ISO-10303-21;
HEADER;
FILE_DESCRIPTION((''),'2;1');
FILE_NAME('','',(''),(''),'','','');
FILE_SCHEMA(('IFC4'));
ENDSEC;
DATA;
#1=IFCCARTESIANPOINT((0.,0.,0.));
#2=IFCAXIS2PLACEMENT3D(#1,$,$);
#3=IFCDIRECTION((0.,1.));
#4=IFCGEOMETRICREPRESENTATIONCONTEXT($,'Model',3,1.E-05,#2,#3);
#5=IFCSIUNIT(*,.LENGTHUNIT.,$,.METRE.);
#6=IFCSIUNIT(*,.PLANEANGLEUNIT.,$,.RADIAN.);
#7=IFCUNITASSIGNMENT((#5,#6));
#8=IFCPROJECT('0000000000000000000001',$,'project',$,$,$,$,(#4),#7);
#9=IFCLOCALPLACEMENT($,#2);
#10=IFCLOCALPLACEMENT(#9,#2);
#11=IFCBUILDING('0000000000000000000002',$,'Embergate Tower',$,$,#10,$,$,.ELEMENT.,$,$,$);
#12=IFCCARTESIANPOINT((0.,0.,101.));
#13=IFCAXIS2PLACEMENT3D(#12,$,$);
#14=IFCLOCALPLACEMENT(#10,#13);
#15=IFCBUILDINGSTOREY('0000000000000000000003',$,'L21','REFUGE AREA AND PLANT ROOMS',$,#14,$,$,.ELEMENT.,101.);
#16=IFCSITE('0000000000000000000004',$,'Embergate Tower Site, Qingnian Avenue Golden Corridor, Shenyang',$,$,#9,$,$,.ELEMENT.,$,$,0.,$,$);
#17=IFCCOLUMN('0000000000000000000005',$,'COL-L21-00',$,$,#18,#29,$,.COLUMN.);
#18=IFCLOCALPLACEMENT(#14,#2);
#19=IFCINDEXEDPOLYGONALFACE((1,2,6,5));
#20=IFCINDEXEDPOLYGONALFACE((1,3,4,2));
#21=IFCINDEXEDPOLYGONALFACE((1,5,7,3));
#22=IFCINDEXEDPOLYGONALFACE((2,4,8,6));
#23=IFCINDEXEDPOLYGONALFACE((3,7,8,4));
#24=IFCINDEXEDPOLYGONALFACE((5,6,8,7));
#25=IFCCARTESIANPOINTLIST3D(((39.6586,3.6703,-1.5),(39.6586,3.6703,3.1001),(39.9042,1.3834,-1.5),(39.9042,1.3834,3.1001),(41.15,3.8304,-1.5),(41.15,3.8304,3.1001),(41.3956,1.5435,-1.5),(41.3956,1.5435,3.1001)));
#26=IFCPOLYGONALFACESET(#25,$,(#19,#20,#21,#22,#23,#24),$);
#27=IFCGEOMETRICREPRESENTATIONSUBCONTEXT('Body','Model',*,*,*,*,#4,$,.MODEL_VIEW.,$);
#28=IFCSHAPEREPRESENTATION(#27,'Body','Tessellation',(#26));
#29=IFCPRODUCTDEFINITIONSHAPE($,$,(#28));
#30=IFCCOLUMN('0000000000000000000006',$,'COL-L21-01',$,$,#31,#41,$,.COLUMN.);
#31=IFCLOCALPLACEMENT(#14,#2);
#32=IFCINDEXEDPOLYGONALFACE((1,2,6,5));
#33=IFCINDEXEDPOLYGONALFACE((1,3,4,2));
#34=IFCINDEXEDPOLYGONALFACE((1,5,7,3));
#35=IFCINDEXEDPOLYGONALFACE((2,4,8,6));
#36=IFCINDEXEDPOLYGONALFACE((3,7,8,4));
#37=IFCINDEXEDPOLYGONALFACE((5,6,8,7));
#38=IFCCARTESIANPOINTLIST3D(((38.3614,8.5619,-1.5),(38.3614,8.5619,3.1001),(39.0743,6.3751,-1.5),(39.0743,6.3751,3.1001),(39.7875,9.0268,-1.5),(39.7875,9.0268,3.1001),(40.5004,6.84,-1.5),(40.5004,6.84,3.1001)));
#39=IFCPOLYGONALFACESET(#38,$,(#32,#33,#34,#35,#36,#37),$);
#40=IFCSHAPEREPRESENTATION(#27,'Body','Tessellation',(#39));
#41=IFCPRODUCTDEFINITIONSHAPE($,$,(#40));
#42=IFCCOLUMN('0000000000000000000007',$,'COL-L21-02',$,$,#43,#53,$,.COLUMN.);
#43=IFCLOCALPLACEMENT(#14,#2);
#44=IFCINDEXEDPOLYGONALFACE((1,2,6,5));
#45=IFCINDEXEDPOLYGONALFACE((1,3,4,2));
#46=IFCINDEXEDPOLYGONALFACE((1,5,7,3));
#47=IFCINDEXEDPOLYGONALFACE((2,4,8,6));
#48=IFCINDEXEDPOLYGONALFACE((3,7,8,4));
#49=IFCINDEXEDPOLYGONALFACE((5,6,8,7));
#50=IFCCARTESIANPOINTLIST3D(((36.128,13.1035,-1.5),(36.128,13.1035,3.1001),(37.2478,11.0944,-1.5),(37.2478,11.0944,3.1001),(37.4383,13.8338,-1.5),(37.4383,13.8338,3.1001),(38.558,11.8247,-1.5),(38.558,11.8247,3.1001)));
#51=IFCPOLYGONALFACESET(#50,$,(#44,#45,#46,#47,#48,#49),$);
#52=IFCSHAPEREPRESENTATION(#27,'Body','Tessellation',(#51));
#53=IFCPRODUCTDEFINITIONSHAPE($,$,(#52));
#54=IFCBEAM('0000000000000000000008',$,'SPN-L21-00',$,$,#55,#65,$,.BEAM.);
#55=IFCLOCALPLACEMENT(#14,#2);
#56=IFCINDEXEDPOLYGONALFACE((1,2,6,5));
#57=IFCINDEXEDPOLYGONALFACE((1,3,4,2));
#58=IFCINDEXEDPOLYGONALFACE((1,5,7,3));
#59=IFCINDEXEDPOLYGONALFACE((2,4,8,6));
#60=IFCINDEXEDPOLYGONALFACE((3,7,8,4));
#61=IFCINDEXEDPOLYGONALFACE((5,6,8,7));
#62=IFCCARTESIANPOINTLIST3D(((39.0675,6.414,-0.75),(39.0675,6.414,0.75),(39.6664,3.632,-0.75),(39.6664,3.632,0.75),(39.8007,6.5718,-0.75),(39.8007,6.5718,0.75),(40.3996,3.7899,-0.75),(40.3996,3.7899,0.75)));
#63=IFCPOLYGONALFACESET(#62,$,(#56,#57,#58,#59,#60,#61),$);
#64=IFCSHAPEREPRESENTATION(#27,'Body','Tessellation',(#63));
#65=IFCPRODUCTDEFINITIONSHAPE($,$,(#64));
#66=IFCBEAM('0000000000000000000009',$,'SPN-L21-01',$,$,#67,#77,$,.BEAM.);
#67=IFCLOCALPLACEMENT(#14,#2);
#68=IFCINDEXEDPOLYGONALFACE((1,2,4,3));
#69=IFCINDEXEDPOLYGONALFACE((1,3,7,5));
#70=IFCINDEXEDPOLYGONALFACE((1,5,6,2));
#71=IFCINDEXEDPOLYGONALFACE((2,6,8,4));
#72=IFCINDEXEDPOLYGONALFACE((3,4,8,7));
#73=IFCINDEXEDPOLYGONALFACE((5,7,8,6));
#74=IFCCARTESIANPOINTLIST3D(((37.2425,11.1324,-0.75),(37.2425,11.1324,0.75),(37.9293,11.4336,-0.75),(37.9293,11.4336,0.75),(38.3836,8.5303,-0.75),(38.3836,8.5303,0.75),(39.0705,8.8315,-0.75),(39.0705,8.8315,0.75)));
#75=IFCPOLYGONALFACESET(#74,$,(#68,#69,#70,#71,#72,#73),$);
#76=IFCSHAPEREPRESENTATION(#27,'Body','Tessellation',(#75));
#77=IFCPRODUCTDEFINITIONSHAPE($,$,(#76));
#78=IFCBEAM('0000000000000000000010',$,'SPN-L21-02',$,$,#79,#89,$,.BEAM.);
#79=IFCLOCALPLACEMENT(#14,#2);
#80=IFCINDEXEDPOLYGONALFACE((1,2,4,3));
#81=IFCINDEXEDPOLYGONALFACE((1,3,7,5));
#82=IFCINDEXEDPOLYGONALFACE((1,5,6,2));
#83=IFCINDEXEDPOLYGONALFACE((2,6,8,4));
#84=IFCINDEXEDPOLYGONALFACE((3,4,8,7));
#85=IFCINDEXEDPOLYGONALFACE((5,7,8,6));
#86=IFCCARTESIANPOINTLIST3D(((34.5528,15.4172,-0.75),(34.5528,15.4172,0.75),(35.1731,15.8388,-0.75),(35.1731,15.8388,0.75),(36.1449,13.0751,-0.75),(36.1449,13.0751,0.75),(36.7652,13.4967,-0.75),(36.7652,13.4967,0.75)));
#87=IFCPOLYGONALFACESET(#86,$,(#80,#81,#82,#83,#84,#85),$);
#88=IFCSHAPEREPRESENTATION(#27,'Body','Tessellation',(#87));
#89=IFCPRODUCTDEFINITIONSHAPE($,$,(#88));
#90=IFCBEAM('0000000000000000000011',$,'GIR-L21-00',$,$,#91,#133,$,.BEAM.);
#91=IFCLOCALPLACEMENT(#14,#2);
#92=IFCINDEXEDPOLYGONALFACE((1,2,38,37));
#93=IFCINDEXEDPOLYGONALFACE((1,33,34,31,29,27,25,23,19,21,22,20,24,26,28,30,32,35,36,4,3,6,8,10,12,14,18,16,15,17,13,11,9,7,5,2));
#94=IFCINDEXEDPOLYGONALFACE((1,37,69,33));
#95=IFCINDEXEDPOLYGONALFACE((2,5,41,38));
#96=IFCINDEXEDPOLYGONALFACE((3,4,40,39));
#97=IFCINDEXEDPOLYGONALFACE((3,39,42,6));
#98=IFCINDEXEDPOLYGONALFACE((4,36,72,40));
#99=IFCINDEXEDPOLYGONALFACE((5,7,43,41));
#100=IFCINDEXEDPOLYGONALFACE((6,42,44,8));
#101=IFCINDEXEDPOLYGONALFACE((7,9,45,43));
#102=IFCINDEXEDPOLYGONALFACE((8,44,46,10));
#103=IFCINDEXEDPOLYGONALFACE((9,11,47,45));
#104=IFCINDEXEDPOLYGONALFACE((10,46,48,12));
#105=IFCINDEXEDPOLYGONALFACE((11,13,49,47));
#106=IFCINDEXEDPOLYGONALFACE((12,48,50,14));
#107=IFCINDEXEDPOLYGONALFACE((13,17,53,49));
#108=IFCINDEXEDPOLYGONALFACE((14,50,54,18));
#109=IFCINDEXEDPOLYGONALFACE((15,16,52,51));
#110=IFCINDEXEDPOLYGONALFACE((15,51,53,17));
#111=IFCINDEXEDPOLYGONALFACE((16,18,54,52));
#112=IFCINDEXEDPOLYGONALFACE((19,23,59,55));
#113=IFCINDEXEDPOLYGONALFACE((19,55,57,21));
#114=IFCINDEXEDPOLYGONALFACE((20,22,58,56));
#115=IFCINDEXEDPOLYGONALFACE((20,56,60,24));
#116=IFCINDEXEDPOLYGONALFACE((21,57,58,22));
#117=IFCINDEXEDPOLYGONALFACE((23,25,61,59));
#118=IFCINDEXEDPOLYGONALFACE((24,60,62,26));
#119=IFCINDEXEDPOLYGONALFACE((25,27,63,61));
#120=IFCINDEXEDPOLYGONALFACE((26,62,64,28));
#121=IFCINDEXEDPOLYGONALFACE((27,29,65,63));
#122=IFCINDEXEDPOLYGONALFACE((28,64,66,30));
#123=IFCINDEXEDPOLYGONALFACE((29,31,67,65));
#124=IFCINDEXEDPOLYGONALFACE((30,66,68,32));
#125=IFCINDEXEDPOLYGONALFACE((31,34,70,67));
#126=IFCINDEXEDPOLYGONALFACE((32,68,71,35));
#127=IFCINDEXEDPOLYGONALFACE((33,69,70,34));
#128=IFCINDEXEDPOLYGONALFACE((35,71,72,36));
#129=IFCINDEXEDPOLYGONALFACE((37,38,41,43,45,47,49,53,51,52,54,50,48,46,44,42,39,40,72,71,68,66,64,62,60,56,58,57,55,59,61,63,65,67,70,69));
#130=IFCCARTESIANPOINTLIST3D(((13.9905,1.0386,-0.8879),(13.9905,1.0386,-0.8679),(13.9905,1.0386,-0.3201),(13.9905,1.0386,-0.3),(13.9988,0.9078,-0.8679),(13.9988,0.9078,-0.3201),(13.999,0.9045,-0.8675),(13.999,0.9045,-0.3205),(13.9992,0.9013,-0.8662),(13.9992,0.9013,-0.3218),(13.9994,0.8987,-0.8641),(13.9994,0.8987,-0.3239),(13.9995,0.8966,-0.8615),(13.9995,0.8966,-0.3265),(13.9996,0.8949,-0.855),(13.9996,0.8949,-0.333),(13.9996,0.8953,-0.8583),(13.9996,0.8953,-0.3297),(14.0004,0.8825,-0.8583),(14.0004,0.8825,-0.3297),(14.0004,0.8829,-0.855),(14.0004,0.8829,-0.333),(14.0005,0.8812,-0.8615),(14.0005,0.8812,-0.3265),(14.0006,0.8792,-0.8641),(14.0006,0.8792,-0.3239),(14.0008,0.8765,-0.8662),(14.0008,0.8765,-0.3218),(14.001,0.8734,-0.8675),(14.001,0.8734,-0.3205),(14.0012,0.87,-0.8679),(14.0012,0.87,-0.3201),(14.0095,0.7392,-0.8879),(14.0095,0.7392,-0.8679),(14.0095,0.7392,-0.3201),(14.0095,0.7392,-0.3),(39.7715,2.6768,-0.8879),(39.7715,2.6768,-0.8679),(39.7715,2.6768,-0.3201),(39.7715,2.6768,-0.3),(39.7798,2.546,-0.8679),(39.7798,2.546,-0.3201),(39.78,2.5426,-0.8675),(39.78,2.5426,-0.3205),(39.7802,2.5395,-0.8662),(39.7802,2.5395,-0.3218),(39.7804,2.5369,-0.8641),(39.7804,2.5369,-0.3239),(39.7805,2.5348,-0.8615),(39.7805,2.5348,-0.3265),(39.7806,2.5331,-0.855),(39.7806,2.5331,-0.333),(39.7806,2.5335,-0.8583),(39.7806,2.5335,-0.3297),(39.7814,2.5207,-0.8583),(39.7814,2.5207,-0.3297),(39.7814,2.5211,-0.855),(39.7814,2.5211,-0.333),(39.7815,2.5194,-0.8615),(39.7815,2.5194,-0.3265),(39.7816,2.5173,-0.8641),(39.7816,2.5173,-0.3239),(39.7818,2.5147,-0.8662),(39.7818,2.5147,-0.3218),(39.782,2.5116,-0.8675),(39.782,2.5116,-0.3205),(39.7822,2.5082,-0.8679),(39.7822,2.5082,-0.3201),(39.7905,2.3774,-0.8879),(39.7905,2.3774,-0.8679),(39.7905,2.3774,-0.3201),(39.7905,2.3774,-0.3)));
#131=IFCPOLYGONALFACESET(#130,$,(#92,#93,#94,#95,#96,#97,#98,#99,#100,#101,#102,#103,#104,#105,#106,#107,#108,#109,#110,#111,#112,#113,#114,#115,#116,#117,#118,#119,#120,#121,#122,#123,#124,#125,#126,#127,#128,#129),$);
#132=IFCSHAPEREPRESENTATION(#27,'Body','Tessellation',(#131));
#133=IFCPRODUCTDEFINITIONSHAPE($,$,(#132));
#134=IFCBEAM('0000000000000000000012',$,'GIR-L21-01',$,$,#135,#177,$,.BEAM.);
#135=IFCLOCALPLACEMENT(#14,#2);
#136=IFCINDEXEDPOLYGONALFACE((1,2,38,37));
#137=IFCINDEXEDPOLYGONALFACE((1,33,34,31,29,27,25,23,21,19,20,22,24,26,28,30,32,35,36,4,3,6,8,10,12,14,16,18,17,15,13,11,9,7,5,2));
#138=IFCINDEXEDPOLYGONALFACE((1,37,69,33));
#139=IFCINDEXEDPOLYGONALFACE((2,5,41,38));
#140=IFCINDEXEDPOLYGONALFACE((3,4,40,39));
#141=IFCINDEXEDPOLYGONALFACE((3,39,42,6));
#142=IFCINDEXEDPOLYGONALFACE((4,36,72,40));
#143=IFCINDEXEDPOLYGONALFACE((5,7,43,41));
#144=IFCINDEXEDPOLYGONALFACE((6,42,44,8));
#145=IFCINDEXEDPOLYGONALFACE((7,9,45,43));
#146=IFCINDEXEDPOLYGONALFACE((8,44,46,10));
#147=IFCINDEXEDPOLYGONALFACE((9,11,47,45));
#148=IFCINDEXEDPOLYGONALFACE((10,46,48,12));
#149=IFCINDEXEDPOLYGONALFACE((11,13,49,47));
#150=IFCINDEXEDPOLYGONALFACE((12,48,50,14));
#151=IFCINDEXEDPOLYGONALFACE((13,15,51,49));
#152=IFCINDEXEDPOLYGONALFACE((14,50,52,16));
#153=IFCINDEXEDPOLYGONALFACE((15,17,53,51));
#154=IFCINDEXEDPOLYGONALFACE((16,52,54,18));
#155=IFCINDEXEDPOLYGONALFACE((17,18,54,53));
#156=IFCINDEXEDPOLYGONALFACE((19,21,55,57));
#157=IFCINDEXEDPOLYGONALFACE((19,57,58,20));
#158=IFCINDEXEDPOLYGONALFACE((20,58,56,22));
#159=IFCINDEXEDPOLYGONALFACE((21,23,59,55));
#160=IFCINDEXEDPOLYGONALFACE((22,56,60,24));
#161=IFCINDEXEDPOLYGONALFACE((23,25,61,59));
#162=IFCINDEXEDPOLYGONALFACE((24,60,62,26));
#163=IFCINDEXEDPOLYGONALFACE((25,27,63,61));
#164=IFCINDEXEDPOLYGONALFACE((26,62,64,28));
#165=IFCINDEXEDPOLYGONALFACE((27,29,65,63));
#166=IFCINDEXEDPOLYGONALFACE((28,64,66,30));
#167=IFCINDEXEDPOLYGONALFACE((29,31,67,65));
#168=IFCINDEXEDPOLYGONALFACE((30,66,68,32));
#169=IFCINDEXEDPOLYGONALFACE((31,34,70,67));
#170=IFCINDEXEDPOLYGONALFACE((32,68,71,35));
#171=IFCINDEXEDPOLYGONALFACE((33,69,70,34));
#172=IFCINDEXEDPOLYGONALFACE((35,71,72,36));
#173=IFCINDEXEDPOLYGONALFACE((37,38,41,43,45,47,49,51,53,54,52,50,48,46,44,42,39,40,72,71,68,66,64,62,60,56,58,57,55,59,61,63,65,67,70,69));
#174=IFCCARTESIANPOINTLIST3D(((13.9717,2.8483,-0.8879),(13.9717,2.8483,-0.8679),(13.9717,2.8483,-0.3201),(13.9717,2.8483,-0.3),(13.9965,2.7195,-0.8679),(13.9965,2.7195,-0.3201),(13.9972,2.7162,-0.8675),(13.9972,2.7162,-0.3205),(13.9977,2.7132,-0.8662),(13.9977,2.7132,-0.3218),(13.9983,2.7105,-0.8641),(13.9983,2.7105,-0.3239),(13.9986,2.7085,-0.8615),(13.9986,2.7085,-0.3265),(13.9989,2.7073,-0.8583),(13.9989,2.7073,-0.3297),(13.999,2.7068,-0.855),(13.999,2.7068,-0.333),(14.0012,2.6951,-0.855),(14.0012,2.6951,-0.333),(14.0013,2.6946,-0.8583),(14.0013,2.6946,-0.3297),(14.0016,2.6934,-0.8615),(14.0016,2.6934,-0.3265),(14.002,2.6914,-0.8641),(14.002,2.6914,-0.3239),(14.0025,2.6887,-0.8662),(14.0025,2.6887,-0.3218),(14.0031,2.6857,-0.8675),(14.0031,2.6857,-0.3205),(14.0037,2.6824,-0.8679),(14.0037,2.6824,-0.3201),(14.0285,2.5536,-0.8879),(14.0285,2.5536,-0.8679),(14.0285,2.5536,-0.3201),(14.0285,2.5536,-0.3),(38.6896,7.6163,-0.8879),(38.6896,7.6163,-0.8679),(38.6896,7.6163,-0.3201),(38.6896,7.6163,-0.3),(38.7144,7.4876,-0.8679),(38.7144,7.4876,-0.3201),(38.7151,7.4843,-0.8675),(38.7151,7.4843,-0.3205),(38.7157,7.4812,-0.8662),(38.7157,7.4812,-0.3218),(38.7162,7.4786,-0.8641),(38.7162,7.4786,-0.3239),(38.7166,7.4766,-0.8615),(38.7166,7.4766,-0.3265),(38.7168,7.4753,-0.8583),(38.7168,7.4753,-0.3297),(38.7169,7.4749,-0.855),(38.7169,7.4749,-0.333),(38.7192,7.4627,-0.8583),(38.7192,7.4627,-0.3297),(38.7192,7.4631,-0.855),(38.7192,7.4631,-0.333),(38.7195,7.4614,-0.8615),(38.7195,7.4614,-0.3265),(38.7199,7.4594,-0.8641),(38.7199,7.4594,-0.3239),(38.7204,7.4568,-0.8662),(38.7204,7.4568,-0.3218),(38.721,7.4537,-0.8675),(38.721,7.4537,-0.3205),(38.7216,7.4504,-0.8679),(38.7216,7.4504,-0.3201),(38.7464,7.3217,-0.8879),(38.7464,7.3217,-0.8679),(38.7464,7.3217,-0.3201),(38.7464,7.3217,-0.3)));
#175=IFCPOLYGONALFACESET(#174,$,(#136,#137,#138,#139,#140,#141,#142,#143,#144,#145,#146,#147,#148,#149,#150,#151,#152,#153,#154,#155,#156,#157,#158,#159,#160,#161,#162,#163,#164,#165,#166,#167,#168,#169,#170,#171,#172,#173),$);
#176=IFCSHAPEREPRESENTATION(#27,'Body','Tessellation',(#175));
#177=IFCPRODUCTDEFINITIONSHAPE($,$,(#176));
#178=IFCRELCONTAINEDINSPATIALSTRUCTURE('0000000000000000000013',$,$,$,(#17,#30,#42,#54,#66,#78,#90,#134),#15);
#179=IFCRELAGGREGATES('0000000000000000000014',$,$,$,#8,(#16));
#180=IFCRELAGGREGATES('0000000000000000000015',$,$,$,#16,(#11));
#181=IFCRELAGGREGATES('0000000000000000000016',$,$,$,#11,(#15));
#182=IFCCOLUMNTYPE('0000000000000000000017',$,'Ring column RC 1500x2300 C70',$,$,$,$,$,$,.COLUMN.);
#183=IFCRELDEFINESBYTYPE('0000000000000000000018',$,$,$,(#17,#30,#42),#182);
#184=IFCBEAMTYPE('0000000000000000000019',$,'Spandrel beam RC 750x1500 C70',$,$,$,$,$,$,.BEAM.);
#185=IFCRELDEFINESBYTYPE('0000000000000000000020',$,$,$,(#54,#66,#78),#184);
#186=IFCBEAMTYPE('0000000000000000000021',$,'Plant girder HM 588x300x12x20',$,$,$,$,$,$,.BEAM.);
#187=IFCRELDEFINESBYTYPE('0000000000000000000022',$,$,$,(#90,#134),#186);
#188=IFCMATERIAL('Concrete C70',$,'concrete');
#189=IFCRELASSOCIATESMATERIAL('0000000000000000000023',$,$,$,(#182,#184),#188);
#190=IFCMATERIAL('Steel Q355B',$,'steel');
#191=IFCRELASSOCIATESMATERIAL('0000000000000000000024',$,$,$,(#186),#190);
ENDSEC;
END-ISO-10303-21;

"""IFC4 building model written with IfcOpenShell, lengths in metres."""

from ifc_helpers import new_model, si_unit, direction, frame, origin, origin_2d, place, context, subcontext, project, spatial, rectangle, i_section, extrude, source, transform, mapped, material, material_profile, profile_set, type_object, element, save


model = new_model("IFC4")

# Units and contexts
model_context = context("Model", 3, precision=1e-05, world=origin(), true_north=direction((0.0, 1.0)))
body_context = subcontext(model_context, "Body", "Model", "MODEL_VIEW")
ifc_project = project(units=[si_unit("LENGTHUNIT", "METRE"), si_unit("PLANEANGLEUNIT", "RADIAN")], contexts=[model_context])

# Site, building, storey
site_placement = place(None, origin())
site = spatial("IfcSite", under=ifc_project, at=site_placement, Name="Embergate Tower Site, Qingnian Avenue Golden Corridor, Shenyang", CompositionType="ELEMENT", RefElevation=0.0)
building_placement = place(site_placement, origin())
building = spatial("IfcBuilding", under=site, at=building_placement, Name="Embergate Tower", CompositionType="ELEMENT")
storey_placement = place(building_placement, frame((0.0, 0.0, 101.0)))
storey = spatial("IfcBuildingStorey", under=building, at=storey_placement, Name="L21", Description="REFUGE AREA AND PLANT ROOMS", CompositionType="ELEMENT", Elevation=101.0)

# Columns
ifc_material_1 = material(Name="Concrete C70", Category="concrete")
ifc_material_profile_1 = material_profile(ifc_material_1, rectangle(XDim=1.5, YDim=2.3, at=origin_2d()), Name="RC 1500x2300")
ifc_profile_set_1 = profile_set([ifc_material_profile_1], Name="Concrete C70")
column_type = type_object("IfcColumnType", Name="Ring column RC 1500x2300 C70", PredefinedType="COLUMN", material=ifc_profile_set_1)
shared_shape_1 = source(origin(), body_context, "Body", "SweptSolid", [
    extrude(rectangle(XDim=1.5, YDim=2.3, at=origin_2d()), origin(), (0.0, 0.0, 1.0), 4.6001),
])
for number, where, z_axis, x_axis, name in (
    (1, (40.5271, 2.6069, -1.5), (0.0, 0.0, 1.0), (0.994286, 0.10675, 0.0), "COL-L21-00"),
    (2, (39.4309, 7.7009, -1.5), (0.0, 0.0, 1.0), (0.950754, 0.309946, 0.0), "COL-L21-01"),
    (3, (37.343, 12.4641, -1.5), (0.0, 0.0, 1.0), (0.8735, 0.486823, 0.0), "COL-L21-02"),
):
    element("IfcColumn", number, at=place(storey_placement, frame(where, z_axis=z_axis, x_axis=x_axis)), inside=storey, type_object=column_type, Name=name, PredefinedType="COLUMN", context=body_context, shape_type="MappedRepresentation", body=[
        mapped(shared_shape_1, transform((0.0, 0.0, 0.0))),
    ])

# Beams
ifc_material_profile_2 = material_profile(ifc_material_1, rectangle(XDim=0.75, YDim=1.5, at=origin_2d()), Name="RC 750x1500")
ifc_profile_set_2 = profile_set([ifc_material_profile_2], Name="Concrete C70")
beam_type_1 = type_object("IfcBeamType", Name="Spandrel beam RC 750x1500 C70", PredefinedType="BEAM", material=ifc_profile_set_2)
shared_shape_2 = source(origin(), body_context, "Body", "SweptSolid", [
    extrude(rectangle(XDim=0.75, YDim=1.5, at=origin_2d()), origin(), (0.0, 0.0, 1.0), 2.8457),
])
beam_1_placement = place(storey_placement, frame((40.033, 3.7109, 0.0), z_axis=(-0.210449, 0.977605, 0.0), x_axis=(-0.977605, -0.210449, 0.0)))
element("IfcBeam", 4, at=beam_1_placement, inside=storey, type_object=beam_type_1, Name="SPN-L21-00", PredefinedType="BEAM", context=body_context, shape_type="MappedRepresentation", body=[
    mapped(shared_shape_2, transform((0.0, 0.0, 0.0))),
])
shared_shape_3 = source(origin(), body_context, "Body", "SweptSolid", [
    extrude(rectangle(XDim=0.75, YDim=1.5, at=origin_2d()), origin(), (0.0, 0.0, 1.0), 2.8413),
])
beam_2_placement = place(storey_placement, frame((38.7271, 8.6809, 0.0), z_axis=(-0.401621, 0.915806, 0.0), x_axis=(-0.915806, -0.401621, 0.0)))
element("IfcBeam", 5, at=beam_2_placement, inside=storey, type_object=beam_type_1, Name="SPN-L21-01", PredefinedType="BEAM", context=body_context, shape_type="MappedRepresentation", body=[
    mapped(shared_shape_3, transform((0.0, 0.0, 0.0))),
])
shared_shape_4 = source(origin(), body_context, "Body", "SweptSolid", [
    extrude(rectangle(XDim=0.75, YDim=1.5, at=origin_2d()), origin(), (0.0, 0.0, 1.0), 2.832),
])
beam_3_placement = place(storey_placement, frame((36.4551, 13.2859, 0.0), z_axis=(-0.562178, 0.827016, 0.0), x_axis=(-0.827016, -0.562178, 0.0)))
element("IfcBeam", 6, at=beam_3_placement, inside=storey, type_object=beam_type_1, Name="SPN-L21-02", PredefinedType="BEAM", context=body_context, shape_type="MappedRepresentation", body=[
    mapped(shared_shape_4, transform((0.0, 0.0, 0.0))),
])
ifc_material_2 = material(Name="Steel Q355B", Category="steel")
ifc_material_profile_3 = material_profile(ifc_material_2, i_section(OverallWidth=0.3, OverallDepth=0.5879, WebThickness=0.012, FlangeThickness=0.02, FilletRadius=0.0129, at=origin_2d()), Name="HM 588x300x12x20")
ifc_profile_set_3 = profile_set([ifc_material_profile_3], Name="Steel Q355 grade B")
beam_type_2 = type_object("IfcBeamType", Name="Plant girder HM 588x300x12x20", PredefinedType="BEAM", material=ifc_profile_set_3)
shared_shape_5 = source(origin(), body_context, "Body", "SweptSolid", [
    extrude(i_section(OverallWidth=0.3, OverallDepth=0.5879, WebThickness=0.012, FlangeThickness=0.02, FilletRadius=0.0129, at=origin_2d()), origin(), (0.0, 0.0, 1.0), 25.833),
])
beam_4_placement = place(storey_placement, frame((39.781, 2.5271, -0.594), z_axis=(-0.997987, -0.063414, 0.0), x_axis=(0.063414, -0.997987, 0.0)))
element("IfcBeam", 7, at=beam_4_placement, inside=storey, type_object=beam_type_2, Name="GIR-L21-00", PredefinedType="BEAM", context=body_context, shape_type="MappedRepresentation", body=[
    mapped(shared_shape_5, transform((0.0, 0.0, 0.0))),
])
shared_shape_6 = source(origin(), body_context, "Body", "SweptSolid", [
    extrude(i_section(OverallWidth=0.3, OverallDepth=0.5879, WebThickness=0.012, FlangeThickness=0.02, FilletRadius=0.0129, at=origin_2d()), origin(), (0.0, 0.0, 1.0), 25.1736),
])
beam_5_placement = place(storey_placement, frame((38.718, 7.469, -0.594), z_axis=(-0.981899, -0.189407, 0.0), x_axis=(0.189407, -0.981899, 0.0)))
element("IfcBeam", 8, at=beam_5_placement, inside=storey, type_object=beam_type_2, Name="GIR-L21-01", PredefinedType="BEAM", context=body_context, shape_type="MappedRepresentation", body=[
    mapped(shared_shape_6, transform((0.0, 0.0, 0.0))),
])

save(model, "model.ifc")
